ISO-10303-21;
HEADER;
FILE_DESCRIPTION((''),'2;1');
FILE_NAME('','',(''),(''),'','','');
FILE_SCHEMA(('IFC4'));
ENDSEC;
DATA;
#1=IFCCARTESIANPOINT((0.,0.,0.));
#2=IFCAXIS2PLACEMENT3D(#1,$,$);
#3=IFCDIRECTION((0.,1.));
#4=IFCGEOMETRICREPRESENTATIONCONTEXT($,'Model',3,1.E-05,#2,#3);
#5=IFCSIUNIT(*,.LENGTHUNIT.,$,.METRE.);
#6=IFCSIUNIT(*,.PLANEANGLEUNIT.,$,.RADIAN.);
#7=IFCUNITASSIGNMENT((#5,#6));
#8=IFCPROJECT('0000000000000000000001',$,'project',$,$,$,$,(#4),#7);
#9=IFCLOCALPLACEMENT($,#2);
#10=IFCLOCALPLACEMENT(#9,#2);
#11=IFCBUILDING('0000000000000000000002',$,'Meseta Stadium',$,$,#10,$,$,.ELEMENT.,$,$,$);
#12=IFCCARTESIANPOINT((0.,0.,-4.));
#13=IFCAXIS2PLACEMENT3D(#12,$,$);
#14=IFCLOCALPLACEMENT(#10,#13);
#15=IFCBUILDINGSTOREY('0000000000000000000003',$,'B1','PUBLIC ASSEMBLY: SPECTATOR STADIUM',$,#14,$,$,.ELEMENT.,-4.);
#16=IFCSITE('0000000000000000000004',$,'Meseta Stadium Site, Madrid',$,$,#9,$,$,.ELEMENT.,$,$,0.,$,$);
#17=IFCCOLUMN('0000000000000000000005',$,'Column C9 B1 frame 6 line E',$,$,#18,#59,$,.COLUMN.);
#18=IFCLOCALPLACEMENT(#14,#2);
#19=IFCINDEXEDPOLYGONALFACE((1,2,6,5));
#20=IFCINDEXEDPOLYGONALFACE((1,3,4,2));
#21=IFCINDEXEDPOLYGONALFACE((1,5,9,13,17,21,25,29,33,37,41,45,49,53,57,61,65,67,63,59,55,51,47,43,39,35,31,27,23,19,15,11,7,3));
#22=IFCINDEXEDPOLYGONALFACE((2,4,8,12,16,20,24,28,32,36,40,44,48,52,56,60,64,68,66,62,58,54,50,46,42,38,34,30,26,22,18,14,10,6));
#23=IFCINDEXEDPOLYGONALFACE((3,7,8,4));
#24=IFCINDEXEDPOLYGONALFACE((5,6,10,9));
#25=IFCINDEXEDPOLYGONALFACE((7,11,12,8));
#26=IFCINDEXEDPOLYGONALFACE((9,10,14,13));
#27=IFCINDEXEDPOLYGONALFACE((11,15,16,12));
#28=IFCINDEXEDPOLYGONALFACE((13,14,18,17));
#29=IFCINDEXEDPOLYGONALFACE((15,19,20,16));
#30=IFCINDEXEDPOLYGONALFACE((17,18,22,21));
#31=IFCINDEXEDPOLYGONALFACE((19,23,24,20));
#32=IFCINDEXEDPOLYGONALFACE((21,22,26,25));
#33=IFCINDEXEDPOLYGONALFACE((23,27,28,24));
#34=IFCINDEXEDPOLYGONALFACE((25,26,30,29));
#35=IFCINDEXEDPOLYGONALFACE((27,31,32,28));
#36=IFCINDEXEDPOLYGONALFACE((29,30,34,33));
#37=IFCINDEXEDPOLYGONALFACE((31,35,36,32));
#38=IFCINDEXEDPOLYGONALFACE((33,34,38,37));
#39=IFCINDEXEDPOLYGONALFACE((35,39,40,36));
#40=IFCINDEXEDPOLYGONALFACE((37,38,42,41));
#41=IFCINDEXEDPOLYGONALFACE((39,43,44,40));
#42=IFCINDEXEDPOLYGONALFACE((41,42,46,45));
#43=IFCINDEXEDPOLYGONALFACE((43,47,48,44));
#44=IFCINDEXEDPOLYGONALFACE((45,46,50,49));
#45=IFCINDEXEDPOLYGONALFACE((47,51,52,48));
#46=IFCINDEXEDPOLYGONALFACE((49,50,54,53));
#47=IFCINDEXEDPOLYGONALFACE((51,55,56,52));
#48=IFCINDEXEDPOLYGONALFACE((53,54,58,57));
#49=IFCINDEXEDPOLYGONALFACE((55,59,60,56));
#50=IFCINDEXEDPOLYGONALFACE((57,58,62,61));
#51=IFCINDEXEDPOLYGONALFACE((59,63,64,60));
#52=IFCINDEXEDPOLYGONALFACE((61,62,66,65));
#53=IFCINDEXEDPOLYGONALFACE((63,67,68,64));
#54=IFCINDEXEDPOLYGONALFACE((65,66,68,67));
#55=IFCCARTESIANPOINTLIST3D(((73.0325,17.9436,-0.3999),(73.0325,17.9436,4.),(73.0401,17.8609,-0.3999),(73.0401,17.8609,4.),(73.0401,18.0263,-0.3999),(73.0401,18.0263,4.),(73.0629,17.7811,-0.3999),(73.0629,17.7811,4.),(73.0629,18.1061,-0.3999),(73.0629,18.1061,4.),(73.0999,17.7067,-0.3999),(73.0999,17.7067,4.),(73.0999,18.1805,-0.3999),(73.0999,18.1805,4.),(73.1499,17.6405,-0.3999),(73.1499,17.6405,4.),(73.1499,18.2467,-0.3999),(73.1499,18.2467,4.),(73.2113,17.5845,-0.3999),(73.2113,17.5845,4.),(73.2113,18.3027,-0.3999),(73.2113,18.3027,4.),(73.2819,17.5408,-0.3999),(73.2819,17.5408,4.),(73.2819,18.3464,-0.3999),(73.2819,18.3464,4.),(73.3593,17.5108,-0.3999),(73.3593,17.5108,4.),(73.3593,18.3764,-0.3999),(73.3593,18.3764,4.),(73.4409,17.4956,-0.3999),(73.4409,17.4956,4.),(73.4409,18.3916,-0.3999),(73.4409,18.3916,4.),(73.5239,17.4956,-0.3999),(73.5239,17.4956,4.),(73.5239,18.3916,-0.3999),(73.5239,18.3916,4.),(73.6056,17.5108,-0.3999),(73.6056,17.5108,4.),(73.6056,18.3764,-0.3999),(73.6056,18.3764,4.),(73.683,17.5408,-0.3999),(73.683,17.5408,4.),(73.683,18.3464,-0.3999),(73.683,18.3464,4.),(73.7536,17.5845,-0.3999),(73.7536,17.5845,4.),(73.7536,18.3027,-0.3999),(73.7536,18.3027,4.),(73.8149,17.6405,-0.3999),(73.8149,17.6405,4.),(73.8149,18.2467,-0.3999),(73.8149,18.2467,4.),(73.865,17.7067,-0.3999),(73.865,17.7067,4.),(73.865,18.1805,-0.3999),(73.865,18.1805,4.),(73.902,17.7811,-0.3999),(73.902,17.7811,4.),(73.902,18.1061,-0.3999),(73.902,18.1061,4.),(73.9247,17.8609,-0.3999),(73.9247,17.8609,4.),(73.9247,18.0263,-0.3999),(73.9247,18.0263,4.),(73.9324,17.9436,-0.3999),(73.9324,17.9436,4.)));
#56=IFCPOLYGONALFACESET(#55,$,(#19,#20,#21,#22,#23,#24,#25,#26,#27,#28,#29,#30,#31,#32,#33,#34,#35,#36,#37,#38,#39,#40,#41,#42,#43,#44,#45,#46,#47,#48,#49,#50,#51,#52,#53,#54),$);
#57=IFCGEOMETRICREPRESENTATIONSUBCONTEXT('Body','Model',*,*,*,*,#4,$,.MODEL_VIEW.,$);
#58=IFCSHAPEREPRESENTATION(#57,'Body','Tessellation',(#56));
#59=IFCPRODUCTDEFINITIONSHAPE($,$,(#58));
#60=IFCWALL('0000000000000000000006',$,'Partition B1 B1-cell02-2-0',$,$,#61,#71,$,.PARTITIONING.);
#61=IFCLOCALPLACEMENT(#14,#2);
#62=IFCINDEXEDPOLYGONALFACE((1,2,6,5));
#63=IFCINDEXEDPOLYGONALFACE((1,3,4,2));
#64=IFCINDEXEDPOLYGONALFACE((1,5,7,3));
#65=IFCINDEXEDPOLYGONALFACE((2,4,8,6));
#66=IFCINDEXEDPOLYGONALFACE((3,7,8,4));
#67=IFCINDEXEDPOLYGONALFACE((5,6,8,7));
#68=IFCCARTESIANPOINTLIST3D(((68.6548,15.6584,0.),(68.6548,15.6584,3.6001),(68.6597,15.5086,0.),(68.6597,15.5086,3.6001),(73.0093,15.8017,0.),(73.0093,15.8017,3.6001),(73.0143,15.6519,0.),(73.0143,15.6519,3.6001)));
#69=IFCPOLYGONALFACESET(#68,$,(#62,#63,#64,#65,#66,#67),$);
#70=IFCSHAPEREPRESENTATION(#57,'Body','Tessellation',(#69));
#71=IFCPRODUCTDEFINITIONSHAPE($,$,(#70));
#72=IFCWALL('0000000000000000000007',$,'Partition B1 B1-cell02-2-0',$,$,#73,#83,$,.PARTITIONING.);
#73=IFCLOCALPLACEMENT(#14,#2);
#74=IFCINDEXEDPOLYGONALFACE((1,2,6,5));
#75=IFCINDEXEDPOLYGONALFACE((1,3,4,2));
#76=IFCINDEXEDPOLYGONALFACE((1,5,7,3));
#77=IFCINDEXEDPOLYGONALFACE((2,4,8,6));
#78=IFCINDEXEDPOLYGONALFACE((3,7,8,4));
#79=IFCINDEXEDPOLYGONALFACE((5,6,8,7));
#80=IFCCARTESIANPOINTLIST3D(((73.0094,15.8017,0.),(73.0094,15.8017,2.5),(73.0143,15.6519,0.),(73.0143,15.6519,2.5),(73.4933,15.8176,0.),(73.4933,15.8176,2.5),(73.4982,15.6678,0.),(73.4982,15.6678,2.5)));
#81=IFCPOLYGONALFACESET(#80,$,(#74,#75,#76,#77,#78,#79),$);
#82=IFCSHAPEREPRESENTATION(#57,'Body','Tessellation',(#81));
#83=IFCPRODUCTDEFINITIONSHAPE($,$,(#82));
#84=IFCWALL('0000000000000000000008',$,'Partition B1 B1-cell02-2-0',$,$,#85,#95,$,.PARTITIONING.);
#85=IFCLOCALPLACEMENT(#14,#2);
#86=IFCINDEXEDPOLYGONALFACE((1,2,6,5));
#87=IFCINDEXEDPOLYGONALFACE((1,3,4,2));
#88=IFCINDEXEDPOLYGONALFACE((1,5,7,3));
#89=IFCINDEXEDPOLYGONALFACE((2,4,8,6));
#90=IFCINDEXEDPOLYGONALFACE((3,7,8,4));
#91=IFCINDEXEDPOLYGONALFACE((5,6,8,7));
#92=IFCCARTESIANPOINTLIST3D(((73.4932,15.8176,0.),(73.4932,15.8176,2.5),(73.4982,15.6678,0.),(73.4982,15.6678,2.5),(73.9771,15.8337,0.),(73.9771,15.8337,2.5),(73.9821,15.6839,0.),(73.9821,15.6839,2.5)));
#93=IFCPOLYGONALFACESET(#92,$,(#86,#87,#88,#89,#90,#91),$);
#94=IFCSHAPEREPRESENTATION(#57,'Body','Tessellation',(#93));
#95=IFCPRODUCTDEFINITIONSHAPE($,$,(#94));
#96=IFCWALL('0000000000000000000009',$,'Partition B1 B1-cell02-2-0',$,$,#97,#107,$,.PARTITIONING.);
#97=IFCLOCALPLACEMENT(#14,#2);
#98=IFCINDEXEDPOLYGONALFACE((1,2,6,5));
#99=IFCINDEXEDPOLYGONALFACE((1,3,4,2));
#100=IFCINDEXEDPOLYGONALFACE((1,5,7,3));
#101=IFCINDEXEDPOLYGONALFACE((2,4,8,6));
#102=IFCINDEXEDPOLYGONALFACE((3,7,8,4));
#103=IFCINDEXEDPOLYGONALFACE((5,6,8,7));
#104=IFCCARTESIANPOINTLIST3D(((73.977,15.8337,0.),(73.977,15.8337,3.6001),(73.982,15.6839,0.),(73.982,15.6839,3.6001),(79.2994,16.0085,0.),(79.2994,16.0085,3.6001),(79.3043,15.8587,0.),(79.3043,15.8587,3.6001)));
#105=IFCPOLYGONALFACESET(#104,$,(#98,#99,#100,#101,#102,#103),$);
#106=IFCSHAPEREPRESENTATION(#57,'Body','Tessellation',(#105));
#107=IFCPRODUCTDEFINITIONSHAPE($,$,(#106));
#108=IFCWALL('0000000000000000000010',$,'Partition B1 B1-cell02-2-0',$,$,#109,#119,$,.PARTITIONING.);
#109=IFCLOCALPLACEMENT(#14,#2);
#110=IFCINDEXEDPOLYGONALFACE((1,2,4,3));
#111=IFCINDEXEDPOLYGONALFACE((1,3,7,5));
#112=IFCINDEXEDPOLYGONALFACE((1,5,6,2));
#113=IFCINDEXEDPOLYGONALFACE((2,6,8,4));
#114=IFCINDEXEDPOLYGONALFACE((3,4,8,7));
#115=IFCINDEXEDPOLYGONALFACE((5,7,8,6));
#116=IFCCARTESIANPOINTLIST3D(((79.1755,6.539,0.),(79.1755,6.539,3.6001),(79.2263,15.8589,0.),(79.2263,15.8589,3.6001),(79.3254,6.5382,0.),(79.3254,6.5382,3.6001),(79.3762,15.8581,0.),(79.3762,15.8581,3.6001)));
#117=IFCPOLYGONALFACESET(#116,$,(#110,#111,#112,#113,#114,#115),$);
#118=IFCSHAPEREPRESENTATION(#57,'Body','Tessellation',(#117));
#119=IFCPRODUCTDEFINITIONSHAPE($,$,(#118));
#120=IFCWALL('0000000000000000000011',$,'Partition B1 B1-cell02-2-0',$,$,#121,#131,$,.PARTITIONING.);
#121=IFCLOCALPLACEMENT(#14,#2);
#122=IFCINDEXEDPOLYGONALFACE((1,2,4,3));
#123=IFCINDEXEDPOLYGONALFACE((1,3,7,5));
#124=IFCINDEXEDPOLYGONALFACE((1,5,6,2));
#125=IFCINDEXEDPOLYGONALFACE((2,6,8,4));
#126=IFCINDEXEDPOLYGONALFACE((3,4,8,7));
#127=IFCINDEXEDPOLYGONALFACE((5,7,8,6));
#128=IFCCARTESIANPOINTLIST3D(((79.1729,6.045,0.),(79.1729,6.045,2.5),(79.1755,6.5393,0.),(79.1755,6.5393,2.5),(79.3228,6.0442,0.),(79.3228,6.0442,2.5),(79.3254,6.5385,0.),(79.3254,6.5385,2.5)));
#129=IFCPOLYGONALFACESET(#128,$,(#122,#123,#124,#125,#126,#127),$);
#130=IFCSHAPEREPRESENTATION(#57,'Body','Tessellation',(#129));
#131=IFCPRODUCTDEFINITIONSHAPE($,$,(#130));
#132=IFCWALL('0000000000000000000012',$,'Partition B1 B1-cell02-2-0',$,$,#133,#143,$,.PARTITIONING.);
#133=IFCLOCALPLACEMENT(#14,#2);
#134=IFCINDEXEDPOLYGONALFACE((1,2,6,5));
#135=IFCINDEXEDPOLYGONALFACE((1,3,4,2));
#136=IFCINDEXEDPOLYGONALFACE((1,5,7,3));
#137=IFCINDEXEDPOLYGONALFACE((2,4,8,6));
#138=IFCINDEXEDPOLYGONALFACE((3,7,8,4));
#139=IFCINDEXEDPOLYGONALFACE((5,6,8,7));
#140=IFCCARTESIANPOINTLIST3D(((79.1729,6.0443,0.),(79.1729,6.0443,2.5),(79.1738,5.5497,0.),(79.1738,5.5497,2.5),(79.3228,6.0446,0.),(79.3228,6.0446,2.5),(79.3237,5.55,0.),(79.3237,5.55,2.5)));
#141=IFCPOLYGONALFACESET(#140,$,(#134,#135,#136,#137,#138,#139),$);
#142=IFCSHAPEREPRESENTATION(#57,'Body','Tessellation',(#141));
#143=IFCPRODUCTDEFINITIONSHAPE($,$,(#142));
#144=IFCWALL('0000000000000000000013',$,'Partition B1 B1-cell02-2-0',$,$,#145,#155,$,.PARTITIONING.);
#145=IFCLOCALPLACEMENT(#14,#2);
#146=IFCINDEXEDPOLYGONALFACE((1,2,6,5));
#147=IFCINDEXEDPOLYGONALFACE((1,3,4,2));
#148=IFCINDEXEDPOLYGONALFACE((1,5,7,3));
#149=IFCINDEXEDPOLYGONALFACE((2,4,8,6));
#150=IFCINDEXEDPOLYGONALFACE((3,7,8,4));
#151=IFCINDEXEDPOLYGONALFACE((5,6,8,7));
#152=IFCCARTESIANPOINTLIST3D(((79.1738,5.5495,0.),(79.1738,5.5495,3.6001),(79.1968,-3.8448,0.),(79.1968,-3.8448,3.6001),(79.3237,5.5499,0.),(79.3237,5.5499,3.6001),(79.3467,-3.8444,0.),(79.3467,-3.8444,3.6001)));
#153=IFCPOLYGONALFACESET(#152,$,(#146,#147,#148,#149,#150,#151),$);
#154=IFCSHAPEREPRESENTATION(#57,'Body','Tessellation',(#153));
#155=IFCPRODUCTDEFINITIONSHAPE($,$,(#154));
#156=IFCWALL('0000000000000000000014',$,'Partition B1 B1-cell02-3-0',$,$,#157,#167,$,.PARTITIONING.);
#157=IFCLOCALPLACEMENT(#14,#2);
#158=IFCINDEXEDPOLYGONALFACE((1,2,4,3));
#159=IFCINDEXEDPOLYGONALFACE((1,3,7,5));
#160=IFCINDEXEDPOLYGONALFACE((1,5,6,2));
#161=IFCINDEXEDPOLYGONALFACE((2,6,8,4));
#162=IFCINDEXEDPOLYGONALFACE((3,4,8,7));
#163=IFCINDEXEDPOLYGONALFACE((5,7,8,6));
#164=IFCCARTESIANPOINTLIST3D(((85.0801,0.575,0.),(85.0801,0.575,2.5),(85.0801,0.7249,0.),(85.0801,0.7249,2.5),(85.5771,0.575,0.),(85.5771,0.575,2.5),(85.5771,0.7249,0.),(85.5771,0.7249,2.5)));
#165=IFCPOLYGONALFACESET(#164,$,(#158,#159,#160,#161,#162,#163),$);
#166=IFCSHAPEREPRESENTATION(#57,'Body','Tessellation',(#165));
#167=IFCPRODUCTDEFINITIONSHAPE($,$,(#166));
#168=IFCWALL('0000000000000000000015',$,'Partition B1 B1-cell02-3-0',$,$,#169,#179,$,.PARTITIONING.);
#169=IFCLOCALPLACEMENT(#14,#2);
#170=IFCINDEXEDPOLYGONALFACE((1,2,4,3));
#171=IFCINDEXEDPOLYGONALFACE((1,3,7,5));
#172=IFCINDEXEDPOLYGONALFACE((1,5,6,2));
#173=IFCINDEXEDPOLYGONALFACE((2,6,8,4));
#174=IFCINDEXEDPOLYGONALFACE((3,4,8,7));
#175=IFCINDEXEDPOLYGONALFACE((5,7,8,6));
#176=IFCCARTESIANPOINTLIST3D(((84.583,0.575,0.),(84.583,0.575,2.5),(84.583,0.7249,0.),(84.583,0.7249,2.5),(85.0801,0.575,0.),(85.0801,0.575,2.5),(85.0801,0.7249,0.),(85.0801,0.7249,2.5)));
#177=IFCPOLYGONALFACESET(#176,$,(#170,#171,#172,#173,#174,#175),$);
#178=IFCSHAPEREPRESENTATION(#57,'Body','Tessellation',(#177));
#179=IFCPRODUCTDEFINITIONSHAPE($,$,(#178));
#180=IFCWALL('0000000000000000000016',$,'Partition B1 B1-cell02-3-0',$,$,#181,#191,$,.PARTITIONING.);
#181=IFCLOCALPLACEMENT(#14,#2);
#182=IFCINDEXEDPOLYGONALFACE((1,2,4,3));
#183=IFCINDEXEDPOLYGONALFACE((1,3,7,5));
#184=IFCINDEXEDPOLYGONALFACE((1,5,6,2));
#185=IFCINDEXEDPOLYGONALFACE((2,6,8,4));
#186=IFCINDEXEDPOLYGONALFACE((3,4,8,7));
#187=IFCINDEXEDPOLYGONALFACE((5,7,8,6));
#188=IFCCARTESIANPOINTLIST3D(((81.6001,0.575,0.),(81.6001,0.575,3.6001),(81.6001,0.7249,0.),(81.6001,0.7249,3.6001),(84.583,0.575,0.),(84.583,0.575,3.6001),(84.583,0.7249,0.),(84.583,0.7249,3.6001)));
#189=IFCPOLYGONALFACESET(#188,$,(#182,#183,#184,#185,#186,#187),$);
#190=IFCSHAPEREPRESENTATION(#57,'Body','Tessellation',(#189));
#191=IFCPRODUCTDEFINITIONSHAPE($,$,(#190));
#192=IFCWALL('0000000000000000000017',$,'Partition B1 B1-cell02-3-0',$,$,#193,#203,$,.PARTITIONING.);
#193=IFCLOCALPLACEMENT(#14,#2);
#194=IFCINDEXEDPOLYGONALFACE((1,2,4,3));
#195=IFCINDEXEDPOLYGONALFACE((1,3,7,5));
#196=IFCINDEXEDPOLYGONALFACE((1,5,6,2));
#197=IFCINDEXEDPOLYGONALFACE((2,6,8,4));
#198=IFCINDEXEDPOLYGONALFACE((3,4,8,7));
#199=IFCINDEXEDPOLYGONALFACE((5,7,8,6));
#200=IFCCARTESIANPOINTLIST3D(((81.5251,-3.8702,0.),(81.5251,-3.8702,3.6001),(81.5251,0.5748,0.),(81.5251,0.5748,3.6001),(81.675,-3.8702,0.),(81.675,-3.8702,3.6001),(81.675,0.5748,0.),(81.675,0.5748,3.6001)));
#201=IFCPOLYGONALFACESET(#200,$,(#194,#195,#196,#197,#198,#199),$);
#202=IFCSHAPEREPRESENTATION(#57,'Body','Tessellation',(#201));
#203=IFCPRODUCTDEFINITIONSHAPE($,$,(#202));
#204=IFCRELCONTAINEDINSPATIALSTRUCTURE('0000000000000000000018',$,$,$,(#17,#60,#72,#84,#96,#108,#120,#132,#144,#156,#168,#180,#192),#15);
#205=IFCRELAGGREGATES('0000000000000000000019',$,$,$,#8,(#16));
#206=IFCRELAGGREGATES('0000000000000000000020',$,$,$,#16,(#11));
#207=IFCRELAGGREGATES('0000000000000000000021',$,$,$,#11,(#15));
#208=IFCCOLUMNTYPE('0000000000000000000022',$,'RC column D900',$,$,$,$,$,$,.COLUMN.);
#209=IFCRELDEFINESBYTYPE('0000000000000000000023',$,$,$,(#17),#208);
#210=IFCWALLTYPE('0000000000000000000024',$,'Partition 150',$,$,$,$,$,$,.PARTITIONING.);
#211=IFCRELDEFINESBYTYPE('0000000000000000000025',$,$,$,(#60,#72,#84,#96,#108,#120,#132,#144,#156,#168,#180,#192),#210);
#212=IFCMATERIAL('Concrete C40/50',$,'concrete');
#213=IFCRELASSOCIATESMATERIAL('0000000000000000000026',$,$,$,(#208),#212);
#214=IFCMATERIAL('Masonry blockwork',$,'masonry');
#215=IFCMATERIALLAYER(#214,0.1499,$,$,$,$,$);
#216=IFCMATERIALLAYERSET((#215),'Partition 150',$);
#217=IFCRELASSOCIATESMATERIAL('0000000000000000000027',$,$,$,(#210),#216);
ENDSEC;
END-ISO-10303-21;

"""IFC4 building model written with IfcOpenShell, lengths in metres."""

from ifc_helpers import new_model, si_unit, direction, frame, frame_2d, origin, origin_2d, place, context, subcontext, project, spatial, rectangle, circle, extrude, material, layer, layer_set, material_profile, profile_set, type_object, element, save


model = new_model("IFC4")

# Units and contexts
model_context = context("Model", 3, precision=1e-05, world=origin(), true_north=direction((0.0, 1.0)))
body_context = subcontext(model_context, "Body", "Model", "MODEL_VIEW")
ifc_project = project(units=[si_unit("LENGTHUNIT", "METRE"), si_unit("PLANEANGLEUNIT", "RADIAN")], contexts=[model_context])

# Site, building, storey
site_placement = place(None, origin())
site = spatial("IfcSite", under=ifc_project, at=site_placement, Name="Meseta Stadium Site, Madrid", CompositionType="ELEMENT", RefElevation=0.0)
building_placement = place(site_placement, origin())
building = spatial("IfcBuilding", under=site, at=building_placement, Name="Meseta Stadium", CompositionType="ELEMENT")
storey_placement = place(building_placement, frame((0.0, 0.0, -4.0)))
storey = spatial("IfcBuildingStorey", under=building, at=storey_placement, Name="B1", Description="PUBLIC ASSEMBLY: SPECTATOR STADIUM", CompositionType="ELEMENT", Elevation=-4.0)

# Column
ifc_material_1 = material(Name="Concrete C40/50", Category="concrete")
ifc_material_profile_1 = material_profile(ifc_material_1, circle(Radius=0.45, at=origin_2d()), Name="RC D900")
ifc_profile_set_1 = profile_set([ifc_material_profile_1], Name="Concrete C40/50")
column_type_1 = type_object("IfcColumnType", Name="RC column D900", PredefinedType="COLUMN", material=ifc_profile_set_1)
for number, where, z_axis, x_axis, name in (
    (1, (73.4824, 17.9436, -0.3999), (0.0, 0.0, 1.0), (1.0, 0.0, 0.0), "Column C9 B1 frame 6 line E"),
):
    element("IfcColumn", number, at=place(storey_placement, frame(where, z_axis=z_axis, x_axis=x_axis)), inside=storey, type_object=column_type_1, Name=name, PredefinedType="COLUMN", context=body_context, shape_type="SweptSolid", body=[
        extrude(circle(Radius=0.45, at=origin_2d()), origin(), (0.0, 0.0, 1.0), 4.3999),
    ])

# Walls
ifc_material_2 = material(Name="Masonry blockwork", Category="masonry")
ifc_layer = layer(ifc_material_2, 0.1499)
ifc_layer_set = layer_set([ifc_layer], Name="Partition 150")
wall_type = type_object("IfcWallType", Name="Partition 150", PredefinedType="PARTITIONING", material=ifc_layer_set)
wall_1_placement = place(storey_placement, frame((68.6572, 15.5835, 0.0), z_axis=(0.0, 0.0, 1.0), x_axis=(0.999459, 0.032893, 0.0)))
element("IfcWall", 2, at=wall_1_placement, inside=storey, type_object=wall_type, Name="Partition B1 B1-cell02-2-0", PredefinedType="PARTITIONING", context=body_context, shape_type="SweptSolid", body=[
    extrude(rectangle(XDim=4.3569, YDim=0.1499, at=frame_2d((2.1785, 0.0))), origin(), (0.0, 0.0, 1.0), 3.6001),
])
for number, where, z_axis, x_axis, name in (
    (3, (73.0117, 15.7268, 0.0), (0.0, 0.0, 1.0), (0.999463, 0.032778, 0.0), "Partition B1 B1-cell02-2-0"),
    (4, (73.4956, 15.7427, 0.0), (0.0, 0.0, 1.0), (0.999446, 0.033281, 0.0), "Partition B1 B1-cell02-2-0"),
):
    element("IfcWall", number, at=place(storey_placement, frame(where, z_axis=z_axis, x_axis=x_axis)), inside=storey, type_object=wall_type, Name=name, PredefinedType="PARTITIONING", context=body_context, shape_type="SweptSolid", body=[
        extrude(rectangle(XDim=0.4841, YDim=0.1499, at=frame_2d((0.2422, 0.0))), origin(), (0.0, 0.0, 1.0), 2.5),
    ])
wall_2_placement = place(storey_placement, frame((73.9795, 15.7588, 0.0), z_axis=(0.0, 0.0, 1.0), x_axis=(0.999461, 0.032826, 0.0)))
element("IfcWall", 5, at=wall_2_placement, inside=storey, type_object=wall_type, Name="Partition B1 B1-cell02-2-0", PredefinedType="PARTITIONING", context=body_context, shape_type="SweptSolid", body=[
    extrude(rectangle(XDim=5.3252, YDim=0.1499, at=frame_2d((2.6626, 0.0))), origin(), (0.0, 0.0, 1.0), 3.6001),
])
wall_3_placement = place(storey_placement, frame((79.3013, 15.8586, 0.0), z_axis=(0.0, 0.0, 1.0), x_axis=(-0.005449, -0.999985, 0.0)))
element("IfcWall", 6, at=wall_3_placement, inside=storey, type_object=wall_type, Name="Partition B1 B1-cell02-2-0", PredefinedType="PARTITIONING", context=body_context, shape_type="SweptSolid", body=[
    extrude(rectangle(XDim=9.3201, YDim=0.1499, at=frame_2d((4.6602, 0.0))), origin(), (0.0, 0.0, 1.0), 3.6001),
])
wall_4_placement = place(storey_placement, frame((79.2505, 6.5388, 0.0), z_axis=(0.0, 0.0, 1.0), x_axis=(-0.005432, -0.999985, 0.0)))
element("IfcWall", 7, at=wall_4_placement, inside=storey, type_object=wall_type, Name="Partition B1 B1-cell02-2-0", PredefinedType="PARTITIONING", context=body_context, shape_type="SweptSolid", body=[
    extrude(rectangle(XDim=0.4944, YDim=0.1499, at=frame_2d((0.2471, 0.0))), origin(), (0.0, 0.0, 1.0), 2.5),
])
wall_5_placement = place(storey_placement, frame((79.2478, 6.0444, 0.0), z_axis=(0.0, 0.0, 1.0), x_axis=(0.001974, -0.999998, 0.0)))
element("IfcWall", 8, at=wall_5_placement, inside=storey, type_object=wall_type, Name="Partition B1 B1-cell02-2-0", PredefinedType="PARTITIONING", context=body_context, shape_type="SweptSolid", body=[
    extrude(rectangle(XDim=0.4946, YDim=0.1499, at=frame_2d((0.2473, 0.0))), origin(), (0.0, 0.0, 1.0), 2.5),
])
wall_6_placement = place(storey_placement, frame((79.2488, 5.5498, 0.0), z_axis=(0.0, 0.0, 1.0), x_axis=(0.002443, -0.999997, 0.0)))
element("IfcWall", 9, at=wall_6_placement, inside=storey, type_object=wall_type, Name="Partition B1 B1-cell02-2-0", PredefinedType="PARTITIONING", context=body_context, shape_type="SweptSolid", body=[
    extrude(rectangle(XDim=9.3943, YDim=0.1499, at=frame_2d((4.6973, 0.0))), origin(), (0.0, 0.0, 1.0), 3.6001),
])
for number, where, z_axis, x_axis, name in (
    (10, (85.5771, 0.6499, 0.0), (0.0, 0.0, 1.0), (-1.0, 0.0, 0.0), "Partition B1 B1-cell02-3-0"),
    (11, (85.0801, 0.6499, 0.0), (0.0, 0.0, 1.0), (-1.0, 0.0, 0.0), "Partition B1 B1-cell02-3-0"),
):
    element("IfcWall", number, at=place(storey_placement, frame(where, z_axis=z_axis, x_axis=x_axis)), inside=storey, type_object=wall_type, Name=name, PredefinedType="PARTITIONING", context=body_context, shape_type="SweptSolid", body=[
        extrude(rectangle(XDim=0.4971, YDim=0.1499, at=frame_2d((0.2485, 0.0))), origin(), (0.0, 0.0, 1.0), 2.5),
    ])
wall_7_placement = place(storey_placement, frame((84.583, 0.6499, 0.0), z_axis=(0.0, 0.0, 1.0), x_axis=(-1.0, 0.0, 0.0)))
element("IfcWall", 12, at=wall_7_placement, inside=storey, type_object=wall_type, Name="Partition B1 B1-cell02-3-0", PredefinedType="PARTITIONING", context=body_context, shape_type="SweptSolid", body=[
    extrude(rectangle(XDim=2.9829, YDim=0.1499, at=frame_2d((1.4915, 0.0))), origin(), (0.0, 0.0, 1.0), 3.6001),
])
wall_8_placement = place(storey_placement, frame((81.6001, 0.575, 0.0), z_axis=(0.0, 0.0, 1.0), x_axis=(0.0, -1.0, 0.0)))
element("IfcWall", 13, at=wall_8_placement, inside=storey, type_object=wall_type, Name="Partition B1 B1-cell02-3-0", PredefinedType="PARTITIONING", context=body_context, shape_type="SweptSolid", body=[
    extrude(rectangle(XDim=4.4451, YDim=0.1499, at=frame_2d((2.2227, 0.0))), origin(), (0.0, 0.0, 1.0), 3.6001),
])

save(model, "model.ifc")
